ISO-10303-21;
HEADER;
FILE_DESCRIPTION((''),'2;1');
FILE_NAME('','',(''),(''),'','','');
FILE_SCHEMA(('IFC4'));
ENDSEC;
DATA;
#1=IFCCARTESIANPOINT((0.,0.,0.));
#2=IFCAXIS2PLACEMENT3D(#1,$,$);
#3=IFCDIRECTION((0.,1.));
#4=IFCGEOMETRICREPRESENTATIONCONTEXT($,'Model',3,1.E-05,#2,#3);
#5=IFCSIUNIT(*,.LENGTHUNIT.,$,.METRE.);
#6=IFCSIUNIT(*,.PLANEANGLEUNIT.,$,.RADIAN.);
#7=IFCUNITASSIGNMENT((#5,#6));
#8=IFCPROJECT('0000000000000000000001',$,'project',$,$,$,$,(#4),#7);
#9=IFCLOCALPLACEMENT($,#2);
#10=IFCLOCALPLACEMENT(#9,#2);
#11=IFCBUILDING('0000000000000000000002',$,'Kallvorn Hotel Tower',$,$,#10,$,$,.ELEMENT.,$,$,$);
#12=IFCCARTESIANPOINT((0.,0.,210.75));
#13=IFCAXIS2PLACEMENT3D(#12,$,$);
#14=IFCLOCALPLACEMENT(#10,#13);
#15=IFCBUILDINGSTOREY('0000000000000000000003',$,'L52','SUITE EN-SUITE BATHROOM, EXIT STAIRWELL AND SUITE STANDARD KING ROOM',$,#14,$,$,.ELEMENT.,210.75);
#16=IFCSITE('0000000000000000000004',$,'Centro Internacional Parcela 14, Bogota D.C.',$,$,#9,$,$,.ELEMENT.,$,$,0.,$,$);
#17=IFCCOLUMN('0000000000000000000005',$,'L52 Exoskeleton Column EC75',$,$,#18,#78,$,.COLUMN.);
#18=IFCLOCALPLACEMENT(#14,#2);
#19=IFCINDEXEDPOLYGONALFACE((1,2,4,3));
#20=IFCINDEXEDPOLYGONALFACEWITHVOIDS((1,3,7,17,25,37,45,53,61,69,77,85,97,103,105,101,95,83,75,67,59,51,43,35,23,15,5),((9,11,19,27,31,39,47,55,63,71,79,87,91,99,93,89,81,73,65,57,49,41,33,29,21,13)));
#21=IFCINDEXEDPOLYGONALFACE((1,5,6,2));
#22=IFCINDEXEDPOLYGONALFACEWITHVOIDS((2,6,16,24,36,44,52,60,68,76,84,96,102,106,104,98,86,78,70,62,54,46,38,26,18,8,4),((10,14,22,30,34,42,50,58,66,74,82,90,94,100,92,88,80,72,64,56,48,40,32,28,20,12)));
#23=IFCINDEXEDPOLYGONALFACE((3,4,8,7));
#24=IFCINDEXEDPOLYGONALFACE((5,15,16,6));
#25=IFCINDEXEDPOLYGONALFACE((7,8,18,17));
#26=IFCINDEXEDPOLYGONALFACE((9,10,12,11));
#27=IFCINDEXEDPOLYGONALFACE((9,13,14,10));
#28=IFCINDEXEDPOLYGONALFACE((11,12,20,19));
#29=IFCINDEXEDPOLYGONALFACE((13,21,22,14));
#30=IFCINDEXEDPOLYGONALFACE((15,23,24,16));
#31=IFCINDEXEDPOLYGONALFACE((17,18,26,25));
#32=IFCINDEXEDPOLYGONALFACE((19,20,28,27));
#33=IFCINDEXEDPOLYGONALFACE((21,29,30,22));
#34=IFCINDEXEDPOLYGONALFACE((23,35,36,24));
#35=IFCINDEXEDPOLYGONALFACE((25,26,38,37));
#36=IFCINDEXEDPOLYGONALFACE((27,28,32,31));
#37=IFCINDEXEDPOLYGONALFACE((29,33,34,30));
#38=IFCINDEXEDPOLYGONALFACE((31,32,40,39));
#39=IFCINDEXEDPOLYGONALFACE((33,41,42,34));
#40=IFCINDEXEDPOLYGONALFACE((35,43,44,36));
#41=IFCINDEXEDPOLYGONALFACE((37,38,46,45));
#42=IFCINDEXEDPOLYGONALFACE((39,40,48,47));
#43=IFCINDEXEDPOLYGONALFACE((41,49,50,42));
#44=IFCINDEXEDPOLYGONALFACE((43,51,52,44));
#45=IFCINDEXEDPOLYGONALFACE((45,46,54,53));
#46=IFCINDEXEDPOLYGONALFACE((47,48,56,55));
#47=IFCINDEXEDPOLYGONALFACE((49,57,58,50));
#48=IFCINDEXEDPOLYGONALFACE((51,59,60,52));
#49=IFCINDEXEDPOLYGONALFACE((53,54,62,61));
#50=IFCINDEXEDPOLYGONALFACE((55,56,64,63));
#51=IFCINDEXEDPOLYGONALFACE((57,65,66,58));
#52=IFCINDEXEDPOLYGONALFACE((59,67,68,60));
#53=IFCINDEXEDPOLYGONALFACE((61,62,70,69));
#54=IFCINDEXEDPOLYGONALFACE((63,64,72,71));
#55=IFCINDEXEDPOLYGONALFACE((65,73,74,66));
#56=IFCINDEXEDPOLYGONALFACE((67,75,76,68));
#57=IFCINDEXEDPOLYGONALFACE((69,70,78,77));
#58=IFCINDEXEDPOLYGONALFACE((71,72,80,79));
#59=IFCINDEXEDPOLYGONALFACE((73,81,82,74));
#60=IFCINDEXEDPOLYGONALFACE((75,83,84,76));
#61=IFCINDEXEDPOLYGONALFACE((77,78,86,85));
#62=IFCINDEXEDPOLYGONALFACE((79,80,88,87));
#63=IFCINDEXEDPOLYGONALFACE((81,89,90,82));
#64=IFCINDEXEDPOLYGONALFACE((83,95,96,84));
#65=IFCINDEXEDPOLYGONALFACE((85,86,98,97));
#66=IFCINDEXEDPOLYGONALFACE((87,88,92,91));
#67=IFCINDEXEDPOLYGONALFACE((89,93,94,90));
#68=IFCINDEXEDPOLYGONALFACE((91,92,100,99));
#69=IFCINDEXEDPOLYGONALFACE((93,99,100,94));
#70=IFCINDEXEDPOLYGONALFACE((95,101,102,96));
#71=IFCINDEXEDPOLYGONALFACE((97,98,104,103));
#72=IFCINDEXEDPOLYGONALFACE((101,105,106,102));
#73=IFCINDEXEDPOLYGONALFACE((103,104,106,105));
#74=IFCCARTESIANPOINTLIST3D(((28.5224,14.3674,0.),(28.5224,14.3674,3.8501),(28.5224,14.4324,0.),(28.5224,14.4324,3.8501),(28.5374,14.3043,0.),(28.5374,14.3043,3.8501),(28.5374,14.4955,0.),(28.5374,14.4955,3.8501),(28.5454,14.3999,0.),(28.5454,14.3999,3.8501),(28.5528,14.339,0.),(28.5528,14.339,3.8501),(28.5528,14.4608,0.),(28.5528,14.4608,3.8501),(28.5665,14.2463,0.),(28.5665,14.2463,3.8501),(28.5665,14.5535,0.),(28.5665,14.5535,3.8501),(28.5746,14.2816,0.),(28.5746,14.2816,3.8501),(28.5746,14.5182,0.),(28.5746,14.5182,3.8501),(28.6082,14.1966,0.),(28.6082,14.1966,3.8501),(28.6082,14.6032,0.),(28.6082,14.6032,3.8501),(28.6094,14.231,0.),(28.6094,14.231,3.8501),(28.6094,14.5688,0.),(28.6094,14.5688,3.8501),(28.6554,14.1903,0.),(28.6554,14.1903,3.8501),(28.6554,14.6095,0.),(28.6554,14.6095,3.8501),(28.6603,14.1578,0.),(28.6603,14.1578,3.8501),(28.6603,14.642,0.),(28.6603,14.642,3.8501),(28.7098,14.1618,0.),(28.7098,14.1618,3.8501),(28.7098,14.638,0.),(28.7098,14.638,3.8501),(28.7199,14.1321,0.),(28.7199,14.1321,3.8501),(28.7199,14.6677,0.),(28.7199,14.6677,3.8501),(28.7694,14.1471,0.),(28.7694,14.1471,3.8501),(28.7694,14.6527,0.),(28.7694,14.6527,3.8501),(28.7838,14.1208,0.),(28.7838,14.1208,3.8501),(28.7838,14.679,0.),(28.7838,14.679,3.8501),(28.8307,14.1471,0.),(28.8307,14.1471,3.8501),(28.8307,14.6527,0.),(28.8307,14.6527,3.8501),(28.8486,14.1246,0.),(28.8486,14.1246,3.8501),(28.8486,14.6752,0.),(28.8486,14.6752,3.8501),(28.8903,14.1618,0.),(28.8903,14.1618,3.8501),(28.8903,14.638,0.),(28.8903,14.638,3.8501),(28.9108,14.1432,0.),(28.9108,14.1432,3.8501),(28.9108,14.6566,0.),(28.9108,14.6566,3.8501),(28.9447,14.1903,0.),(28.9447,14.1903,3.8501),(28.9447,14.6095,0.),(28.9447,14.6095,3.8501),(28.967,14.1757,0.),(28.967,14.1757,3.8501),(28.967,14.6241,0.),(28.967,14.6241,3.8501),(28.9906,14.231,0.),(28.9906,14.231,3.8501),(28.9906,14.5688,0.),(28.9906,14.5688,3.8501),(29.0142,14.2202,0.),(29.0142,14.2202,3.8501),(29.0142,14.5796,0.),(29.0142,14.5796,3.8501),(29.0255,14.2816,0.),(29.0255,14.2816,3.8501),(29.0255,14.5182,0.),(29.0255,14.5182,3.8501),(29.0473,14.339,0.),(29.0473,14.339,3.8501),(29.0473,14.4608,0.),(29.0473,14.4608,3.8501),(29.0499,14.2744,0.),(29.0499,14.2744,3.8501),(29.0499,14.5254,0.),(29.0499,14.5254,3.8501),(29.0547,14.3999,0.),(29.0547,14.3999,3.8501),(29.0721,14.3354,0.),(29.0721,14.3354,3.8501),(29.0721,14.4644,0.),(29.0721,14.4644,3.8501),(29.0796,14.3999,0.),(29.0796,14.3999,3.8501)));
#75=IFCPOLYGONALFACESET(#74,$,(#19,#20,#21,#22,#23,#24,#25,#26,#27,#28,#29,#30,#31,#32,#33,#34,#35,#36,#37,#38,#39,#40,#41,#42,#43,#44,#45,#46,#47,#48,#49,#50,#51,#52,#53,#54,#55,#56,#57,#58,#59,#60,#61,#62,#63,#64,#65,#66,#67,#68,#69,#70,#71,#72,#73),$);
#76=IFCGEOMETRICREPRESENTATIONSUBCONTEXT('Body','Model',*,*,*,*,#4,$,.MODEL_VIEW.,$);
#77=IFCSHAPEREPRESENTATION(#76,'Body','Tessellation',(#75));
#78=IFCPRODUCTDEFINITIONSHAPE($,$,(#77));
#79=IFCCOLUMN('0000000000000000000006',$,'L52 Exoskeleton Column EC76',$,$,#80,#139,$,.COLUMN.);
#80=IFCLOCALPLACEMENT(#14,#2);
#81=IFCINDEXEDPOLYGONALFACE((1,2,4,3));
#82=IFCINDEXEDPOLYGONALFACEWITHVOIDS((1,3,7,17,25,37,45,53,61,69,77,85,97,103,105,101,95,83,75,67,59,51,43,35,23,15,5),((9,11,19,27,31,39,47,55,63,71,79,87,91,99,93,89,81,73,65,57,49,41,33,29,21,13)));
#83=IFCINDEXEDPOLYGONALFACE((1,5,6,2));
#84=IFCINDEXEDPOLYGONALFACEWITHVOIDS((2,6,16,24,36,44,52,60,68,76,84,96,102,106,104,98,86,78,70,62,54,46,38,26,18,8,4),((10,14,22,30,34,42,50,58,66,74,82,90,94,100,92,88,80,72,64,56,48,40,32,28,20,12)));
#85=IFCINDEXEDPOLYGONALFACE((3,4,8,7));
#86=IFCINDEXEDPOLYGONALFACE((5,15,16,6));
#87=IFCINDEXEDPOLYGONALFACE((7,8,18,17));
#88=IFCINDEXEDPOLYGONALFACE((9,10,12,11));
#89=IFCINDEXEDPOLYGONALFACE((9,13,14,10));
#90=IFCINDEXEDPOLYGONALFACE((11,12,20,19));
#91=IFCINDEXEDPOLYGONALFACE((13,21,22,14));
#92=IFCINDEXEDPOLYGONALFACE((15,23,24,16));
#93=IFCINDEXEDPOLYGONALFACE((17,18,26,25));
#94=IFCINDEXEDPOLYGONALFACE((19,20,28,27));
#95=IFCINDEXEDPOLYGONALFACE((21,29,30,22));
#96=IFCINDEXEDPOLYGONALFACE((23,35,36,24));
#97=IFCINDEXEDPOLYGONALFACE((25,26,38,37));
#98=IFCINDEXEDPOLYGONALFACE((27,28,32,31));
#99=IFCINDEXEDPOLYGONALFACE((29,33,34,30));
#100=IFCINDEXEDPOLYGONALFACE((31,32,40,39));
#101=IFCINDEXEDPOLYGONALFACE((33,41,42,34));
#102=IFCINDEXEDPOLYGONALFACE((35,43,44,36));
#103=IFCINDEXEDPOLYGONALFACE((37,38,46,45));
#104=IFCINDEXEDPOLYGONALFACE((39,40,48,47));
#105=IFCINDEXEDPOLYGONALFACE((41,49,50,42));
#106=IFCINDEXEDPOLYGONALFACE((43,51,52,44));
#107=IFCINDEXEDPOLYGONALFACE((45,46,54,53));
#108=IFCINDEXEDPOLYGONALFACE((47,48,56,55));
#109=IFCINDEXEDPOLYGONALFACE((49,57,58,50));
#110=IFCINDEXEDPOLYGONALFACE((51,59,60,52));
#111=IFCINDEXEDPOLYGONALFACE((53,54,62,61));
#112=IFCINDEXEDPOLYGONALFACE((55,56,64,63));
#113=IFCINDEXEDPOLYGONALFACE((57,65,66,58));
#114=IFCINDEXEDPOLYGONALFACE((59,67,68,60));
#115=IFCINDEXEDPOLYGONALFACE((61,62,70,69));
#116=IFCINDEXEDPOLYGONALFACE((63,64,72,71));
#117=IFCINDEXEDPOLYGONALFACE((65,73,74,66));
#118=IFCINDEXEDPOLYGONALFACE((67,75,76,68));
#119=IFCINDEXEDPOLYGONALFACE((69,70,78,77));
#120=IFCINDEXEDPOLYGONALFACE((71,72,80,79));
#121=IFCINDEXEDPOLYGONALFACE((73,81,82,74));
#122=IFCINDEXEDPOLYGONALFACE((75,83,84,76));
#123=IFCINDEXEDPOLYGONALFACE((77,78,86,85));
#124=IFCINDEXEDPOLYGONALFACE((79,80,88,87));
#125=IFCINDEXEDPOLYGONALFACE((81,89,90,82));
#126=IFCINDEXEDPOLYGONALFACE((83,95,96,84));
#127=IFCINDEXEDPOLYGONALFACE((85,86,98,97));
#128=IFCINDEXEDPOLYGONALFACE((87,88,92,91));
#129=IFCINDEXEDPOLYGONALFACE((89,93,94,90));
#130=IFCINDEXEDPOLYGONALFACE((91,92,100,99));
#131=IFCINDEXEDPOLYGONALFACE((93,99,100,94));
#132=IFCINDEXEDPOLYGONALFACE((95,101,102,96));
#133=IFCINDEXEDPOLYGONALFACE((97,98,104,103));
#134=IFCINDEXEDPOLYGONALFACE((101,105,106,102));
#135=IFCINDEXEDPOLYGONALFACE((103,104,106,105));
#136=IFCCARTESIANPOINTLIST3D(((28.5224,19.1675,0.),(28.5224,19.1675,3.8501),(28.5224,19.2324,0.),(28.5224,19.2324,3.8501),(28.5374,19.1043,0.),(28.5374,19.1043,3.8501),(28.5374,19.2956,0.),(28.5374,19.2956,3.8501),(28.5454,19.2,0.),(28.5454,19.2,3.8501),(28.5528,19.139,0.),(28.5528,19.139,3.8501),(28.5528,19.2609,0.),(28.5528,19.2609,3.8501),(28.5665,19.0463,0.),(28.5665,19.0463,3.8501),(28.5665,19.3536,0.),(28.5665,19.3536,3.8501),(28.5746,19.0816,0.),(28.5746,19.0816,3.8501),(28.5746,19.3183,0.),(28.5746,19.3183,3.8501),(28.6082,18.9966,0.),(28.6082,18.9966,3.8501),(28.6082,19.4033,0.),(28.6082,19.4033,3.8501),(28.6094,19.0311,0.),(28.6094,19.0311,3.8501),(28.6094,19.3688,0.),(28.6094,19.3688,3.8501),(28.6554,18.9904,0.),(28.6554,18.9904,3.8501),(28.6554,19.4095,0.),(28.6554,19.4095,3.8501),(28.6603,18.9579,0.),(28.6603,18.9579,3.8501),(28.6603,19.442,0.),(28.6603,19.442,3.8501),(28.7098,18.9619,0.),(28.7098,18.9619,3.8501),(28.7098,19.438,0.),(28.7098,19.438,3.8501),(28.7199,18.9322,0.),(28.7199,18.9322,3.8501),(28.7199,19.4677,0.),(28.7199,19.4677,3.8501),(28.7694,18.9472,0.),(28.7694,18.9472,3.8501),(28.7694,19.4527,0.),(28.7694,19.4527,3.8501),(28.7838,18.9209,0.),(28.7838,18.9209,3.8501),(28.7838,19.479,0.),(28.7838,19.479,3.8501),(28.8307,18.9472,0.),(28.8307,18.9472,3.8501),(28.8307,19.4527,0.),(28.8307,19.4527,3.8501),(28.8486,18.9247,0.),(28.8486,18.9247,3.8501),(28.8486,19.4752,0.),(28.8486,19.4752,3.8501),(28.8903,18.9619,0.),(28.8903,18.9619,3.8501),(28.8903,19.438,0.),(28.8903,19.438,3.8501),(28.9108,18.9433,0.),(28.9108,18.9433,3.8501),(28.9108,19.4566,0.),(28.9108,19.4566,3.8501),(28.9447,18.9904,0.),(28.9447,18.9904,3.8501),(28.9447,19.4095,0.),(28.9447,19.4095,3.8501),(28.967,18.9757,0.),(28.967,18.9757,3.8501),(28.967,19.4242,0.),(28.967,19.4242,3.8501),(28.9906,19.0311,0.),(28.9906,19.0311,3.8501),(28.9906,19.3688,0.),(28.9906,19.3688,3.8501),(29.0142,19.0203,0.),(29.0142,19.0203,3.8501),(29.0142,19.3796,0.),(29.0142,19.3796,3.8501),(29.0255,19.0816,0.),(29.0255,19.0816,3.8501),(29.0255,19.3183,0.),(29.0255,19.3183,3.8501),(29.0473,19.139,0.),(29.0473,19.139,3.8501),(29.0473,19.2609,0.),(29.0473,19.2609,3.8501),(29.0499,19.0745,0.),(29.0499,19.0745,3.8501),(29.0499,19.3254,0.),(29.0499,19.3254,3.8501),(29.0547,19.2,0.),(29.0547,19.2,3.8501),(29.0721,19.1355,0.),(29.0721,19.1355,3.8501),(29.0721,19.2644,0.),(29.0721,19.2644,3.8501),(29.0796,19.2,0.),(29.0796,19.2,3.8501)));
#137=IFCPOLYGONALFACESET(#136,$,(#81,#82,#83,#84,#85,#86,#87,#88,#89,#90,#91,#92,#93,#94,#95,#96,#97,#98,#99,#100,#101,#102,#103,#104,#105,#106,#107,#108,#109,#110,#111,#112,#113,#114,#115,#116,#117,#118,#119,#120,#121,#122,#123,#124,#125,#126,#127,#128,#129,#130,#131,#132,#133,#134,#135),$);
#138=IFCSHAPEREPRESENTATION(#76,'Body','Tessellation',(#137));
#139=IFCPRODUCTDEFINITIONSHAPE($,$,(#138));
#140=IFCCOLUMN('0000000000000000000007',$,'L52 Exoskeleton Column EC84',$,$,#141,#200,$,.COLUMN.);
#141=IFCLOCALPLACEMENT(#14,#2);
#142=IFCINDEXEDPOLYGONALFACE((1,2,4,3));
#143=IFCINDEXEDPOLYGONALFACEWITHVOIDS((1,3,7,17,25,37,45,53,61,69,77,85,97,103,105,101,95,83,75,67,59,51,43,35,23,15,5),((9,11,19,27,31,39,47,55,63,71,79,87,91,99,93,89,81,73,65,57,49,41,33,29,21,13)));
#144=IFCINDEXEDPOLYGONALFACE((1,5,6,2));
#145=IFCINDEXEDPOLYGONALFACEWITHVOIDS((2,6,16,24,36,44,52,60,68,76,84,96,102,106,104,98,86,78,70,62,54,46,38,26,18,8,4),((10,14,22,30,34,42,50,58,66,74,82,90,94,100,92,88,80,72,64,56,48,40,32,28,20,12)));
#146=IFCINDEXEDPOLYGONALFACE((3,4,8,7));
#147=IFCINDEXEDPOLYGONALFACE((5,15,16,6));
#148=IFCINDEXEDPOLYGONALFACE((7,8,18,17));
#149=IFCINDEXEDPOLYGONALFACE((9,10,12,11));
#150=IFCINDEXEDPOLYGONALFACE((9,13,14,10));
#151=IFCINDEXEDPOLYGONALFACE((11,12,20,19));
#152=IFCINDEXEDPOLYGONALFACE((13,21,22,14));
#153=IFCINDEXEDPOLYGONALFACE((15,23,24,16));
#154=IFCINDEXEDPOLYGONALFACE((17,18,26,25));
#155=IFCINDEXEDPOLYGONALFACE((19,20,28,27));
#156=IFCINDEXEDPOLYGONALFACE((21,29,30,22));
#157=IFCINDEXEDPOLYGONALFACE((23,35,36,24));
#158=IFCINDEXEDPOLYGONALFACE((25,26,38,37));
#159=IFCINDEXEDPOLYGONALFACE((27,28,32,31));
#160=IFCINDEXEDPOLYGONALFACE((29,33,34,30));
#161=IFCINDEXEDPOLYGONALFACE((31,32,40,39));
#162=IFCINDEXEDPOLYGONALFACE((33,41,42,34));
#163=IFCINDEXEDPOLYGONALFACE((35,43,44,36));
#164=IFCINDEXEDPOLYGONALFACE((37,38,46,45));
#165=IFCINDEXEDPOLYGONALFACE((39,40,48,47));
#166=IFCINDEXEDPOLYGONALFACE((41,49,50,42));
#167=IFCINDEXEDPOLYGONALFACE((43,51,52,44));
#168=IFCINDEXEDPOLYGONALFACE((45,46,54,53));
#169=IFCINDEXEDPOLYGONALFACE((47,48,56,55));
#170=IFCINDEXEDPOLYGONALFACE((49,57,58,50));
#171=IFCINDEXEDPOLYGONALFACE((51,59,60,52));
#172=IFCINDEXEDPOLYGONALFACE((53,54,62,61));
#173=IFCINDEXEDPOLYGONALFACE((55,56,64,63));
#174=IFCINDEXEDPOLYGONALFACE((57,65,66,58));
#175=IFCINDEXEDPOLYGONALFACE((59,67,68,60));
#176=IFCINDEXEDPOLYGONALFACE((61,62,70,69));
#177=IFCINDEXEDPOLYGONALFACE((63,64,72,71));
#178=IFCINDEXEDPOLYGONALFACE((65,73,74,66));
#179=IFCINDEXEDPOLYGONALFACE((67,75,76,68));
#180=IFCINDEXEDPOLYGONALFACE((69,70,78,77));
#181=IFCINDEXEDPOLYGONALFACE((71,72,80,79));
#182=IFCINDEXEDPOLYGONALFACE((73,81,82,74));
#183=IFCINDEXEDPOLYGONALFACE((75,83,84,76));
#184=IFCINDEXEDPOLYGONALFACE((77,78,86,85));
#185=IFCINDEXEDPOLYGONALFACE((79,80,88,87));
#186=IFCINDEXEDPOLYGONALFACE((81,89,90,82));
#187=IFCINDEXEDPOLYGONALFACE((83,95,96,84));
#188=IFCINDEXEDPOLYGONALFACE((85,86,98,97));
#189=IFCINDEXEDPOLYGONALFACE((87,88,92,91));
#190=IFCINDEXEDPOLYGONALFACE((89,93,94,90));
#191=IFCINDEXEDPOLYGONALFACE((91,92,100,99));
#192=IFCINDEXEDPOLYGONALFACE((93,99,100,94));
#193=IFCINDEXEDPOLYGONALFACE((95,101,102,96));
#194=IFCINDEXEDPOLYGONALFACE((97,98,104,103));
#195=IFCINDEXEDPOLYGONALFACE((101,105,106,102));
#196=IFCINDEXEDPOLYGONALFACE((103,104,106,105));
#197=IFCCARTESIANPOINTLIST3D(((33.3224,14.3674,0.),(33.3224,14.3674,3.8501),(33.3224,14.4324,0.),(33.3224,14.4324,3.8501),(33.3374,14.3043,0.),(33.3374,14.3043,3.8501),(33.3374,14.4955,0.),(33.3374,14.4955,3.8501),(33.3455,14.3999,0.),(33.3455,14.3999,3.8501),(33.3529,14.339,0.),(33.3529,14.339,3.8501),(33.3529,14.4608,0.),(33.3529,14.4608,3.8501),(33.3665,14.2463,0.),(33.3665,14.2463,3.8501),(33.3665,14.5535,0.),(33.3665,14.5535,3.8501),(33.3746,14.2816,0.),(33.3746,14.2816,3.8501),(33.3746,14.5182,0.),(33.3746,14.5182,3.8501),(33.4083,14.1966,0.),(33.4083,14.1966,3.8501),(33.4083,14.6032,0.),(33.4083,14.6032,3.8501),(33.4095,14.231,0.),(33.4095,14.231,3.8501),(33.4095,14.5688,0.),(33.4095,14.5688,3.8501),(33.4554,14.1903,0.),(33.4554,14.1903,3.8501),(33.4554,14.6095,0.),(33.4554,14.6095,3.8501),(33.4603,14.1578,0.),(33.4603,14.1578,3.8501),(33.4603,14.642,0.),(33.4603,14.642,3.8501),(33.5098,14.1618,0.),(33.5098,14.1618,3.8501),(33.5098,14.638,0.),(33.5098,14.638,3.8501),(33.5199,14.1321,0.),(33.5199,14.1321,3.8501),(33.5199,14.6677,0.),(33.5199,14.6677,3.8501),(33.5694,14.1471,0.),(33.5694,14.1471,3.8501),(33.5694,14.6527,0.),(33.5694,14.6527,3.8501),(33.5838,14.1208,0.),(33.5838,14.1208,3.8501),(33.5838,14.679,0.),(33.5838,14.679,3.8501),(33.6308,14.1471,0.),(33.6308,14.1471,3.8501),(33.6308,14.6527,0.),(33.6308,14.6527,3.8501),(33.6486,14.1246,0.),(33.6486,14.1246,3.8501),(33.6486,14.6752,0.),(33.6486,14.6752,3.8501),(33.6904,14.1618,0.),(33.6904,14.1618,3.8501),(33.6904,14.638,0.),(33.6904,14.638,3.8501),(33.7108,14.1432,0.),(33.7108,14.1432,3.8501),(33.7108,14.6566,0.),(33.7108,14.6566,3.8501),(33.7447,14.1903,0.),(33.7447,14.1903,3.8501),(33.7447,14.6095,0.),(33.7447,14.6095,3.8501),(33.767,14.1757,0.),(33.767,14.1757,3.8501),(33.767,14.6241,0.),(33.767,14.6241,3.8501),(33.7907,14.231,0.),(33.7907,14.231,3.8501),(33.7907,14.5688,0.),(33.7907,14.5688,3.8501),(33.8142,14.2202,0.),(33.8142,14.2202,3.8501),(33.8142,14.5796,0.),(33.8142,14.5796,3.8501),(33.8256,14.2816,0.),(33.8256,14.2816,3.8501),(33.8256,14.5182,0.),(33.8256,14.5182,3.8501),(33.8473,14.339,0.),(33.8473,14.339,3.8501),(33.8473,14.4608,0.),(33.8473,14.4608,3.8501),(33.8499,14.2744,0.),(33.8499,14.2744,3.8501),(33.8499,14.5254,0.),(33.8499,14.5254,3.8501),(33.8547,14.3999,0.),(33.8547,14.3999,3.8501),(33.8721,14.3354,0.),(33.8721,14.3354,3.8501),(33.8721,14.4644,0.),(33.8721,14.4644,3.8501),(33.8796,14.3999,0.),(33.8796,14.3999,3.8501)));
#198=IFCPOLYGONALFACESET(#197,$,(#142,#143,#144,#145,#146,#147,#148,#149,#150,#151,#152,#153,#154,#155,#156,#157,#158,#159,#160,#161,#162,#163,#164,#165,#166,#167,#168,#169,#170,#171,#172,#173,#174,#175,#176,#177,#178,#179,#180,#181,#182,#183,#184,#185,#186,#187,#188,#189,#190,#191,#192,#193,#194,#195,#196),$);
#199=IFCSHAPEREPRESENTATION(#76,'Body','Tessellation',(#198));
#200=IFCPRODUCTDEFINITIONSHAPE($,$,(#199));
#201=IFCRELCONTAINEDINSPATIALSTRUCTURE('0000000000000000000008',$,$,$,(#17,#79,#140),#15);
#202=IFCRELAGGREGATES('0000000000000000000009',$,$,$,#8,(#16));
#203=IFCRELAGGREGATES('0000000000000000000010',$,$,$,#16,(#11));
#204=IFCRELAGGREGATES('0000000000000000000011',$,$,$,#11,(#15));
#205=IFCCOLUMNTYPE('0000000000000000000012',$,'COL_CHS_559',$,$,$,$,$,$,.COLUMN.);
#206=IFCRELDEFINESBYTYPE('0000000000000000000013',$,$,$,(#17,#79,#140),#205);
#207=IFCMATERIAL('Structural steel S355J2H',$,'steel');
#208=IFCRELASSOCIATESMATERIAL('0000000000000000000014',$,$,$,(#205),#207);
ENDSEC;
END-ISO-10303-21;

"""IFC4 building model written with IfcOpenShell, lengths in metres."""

from ifc_helpers import new_model, si_unit, direction, frame, origin, origin_2d, place, context, subcontext, project, spatial, hollow_circle, extrude, material, material_profile, profile_set, type_object, element, save


model = new_model("IFC4")

# Units and contexts
model_context = context("Model", 3, precision=1e-05, world=origin(), true_north=direction((0.0, 1.0)))
body_context = subcontext(model_context, "Body", "Model", "MODEL_VIEW")
ifc_project = project(units=[si_unit("LENGTHUNIT", "METRE"), si_unit("PLANEANGLEUNIT", "RADIAN")], contexts=[model_context])

# Site, building, storey
site_placement = place(None, origin())
site = spatial("IfcSite", under=ifc_project, at=site_placement, Name="Centro Internacional Parcela 14, Bogota D.C.", CompositionType="ELEMENT", RefElevation=0.0)
building_placement = place(site_placement, origin())
building = spatial("IfcBuilding", under=site, at=building_placement, Name="Kallvorn Hotel Tower", CompositionType="ELEMENT")
storey_placement = place(building_placement, frame((0.0, 0.0, 210.75)))
storey = spatial("IfcBuildingStorey", under=building, at=storey_placement, Name="L52", Description="SUITE EN-SUITE BATHROOM, EXIT STAIRWELL AND SUITE STANDARD KING ROOM", CompositionType="ELEMENT", Elevation=210.75)

# Columns
ifc_material_1 = material(Name="Structural steel S355J2H", Category="steel")
ifc_material_profile_1 = material_profile(ifc_material_1, hollow_circle(Radius=0.2795, WallThickness=0.0249, at=origin_2d()), Name="CHS 559x25")
ifc_profile_set_1 = profile_set([ifc_material_profile_1], Name="Structural steel S355J2H")
column_type_1 = type_object("IfcColumnType", Name="COL_CHS_559", PredefinedType="COLUMN", material=ifc_profile_set_1)
for number, where, z_axis, x_axis, name in (
    (1, (28.8, 14.3999, 0.0), (0.0, 0.0, 1.0), (1.0, 0.0, 0.0), "L52 Exoskeleton Column EC75"),
    (2, (28.8, 19.2, 0.0), (0.0, 0.0, 1.0), (1.0, 0.0, 0.0), "L52 Exoskeleton Column EC76"),
    (3, (33.6001, 14.3999, 0.0), (0.0, 0.0, 1.0), (1.0, 0.0, 0.0), "L52 Exoskeleton Column EC84"),
):
    element("IfcColumn", number, at=place(storey_placement, frame(where, z_axis=z_axis, x_axis=x_axis)), inside=storey, type_object=column_type_1, Name=name, PredefinedType="COLUMN", context=body_context, shape_type="SweptSolid", body=[
        extrude(hollow_circle(Radius=0.2795, WallThickness=0.0249, at=origin_2d()), origin(), (0.0, 0.0, 1.0), 3.8501),
    ])

save(model, "model.ifc")
